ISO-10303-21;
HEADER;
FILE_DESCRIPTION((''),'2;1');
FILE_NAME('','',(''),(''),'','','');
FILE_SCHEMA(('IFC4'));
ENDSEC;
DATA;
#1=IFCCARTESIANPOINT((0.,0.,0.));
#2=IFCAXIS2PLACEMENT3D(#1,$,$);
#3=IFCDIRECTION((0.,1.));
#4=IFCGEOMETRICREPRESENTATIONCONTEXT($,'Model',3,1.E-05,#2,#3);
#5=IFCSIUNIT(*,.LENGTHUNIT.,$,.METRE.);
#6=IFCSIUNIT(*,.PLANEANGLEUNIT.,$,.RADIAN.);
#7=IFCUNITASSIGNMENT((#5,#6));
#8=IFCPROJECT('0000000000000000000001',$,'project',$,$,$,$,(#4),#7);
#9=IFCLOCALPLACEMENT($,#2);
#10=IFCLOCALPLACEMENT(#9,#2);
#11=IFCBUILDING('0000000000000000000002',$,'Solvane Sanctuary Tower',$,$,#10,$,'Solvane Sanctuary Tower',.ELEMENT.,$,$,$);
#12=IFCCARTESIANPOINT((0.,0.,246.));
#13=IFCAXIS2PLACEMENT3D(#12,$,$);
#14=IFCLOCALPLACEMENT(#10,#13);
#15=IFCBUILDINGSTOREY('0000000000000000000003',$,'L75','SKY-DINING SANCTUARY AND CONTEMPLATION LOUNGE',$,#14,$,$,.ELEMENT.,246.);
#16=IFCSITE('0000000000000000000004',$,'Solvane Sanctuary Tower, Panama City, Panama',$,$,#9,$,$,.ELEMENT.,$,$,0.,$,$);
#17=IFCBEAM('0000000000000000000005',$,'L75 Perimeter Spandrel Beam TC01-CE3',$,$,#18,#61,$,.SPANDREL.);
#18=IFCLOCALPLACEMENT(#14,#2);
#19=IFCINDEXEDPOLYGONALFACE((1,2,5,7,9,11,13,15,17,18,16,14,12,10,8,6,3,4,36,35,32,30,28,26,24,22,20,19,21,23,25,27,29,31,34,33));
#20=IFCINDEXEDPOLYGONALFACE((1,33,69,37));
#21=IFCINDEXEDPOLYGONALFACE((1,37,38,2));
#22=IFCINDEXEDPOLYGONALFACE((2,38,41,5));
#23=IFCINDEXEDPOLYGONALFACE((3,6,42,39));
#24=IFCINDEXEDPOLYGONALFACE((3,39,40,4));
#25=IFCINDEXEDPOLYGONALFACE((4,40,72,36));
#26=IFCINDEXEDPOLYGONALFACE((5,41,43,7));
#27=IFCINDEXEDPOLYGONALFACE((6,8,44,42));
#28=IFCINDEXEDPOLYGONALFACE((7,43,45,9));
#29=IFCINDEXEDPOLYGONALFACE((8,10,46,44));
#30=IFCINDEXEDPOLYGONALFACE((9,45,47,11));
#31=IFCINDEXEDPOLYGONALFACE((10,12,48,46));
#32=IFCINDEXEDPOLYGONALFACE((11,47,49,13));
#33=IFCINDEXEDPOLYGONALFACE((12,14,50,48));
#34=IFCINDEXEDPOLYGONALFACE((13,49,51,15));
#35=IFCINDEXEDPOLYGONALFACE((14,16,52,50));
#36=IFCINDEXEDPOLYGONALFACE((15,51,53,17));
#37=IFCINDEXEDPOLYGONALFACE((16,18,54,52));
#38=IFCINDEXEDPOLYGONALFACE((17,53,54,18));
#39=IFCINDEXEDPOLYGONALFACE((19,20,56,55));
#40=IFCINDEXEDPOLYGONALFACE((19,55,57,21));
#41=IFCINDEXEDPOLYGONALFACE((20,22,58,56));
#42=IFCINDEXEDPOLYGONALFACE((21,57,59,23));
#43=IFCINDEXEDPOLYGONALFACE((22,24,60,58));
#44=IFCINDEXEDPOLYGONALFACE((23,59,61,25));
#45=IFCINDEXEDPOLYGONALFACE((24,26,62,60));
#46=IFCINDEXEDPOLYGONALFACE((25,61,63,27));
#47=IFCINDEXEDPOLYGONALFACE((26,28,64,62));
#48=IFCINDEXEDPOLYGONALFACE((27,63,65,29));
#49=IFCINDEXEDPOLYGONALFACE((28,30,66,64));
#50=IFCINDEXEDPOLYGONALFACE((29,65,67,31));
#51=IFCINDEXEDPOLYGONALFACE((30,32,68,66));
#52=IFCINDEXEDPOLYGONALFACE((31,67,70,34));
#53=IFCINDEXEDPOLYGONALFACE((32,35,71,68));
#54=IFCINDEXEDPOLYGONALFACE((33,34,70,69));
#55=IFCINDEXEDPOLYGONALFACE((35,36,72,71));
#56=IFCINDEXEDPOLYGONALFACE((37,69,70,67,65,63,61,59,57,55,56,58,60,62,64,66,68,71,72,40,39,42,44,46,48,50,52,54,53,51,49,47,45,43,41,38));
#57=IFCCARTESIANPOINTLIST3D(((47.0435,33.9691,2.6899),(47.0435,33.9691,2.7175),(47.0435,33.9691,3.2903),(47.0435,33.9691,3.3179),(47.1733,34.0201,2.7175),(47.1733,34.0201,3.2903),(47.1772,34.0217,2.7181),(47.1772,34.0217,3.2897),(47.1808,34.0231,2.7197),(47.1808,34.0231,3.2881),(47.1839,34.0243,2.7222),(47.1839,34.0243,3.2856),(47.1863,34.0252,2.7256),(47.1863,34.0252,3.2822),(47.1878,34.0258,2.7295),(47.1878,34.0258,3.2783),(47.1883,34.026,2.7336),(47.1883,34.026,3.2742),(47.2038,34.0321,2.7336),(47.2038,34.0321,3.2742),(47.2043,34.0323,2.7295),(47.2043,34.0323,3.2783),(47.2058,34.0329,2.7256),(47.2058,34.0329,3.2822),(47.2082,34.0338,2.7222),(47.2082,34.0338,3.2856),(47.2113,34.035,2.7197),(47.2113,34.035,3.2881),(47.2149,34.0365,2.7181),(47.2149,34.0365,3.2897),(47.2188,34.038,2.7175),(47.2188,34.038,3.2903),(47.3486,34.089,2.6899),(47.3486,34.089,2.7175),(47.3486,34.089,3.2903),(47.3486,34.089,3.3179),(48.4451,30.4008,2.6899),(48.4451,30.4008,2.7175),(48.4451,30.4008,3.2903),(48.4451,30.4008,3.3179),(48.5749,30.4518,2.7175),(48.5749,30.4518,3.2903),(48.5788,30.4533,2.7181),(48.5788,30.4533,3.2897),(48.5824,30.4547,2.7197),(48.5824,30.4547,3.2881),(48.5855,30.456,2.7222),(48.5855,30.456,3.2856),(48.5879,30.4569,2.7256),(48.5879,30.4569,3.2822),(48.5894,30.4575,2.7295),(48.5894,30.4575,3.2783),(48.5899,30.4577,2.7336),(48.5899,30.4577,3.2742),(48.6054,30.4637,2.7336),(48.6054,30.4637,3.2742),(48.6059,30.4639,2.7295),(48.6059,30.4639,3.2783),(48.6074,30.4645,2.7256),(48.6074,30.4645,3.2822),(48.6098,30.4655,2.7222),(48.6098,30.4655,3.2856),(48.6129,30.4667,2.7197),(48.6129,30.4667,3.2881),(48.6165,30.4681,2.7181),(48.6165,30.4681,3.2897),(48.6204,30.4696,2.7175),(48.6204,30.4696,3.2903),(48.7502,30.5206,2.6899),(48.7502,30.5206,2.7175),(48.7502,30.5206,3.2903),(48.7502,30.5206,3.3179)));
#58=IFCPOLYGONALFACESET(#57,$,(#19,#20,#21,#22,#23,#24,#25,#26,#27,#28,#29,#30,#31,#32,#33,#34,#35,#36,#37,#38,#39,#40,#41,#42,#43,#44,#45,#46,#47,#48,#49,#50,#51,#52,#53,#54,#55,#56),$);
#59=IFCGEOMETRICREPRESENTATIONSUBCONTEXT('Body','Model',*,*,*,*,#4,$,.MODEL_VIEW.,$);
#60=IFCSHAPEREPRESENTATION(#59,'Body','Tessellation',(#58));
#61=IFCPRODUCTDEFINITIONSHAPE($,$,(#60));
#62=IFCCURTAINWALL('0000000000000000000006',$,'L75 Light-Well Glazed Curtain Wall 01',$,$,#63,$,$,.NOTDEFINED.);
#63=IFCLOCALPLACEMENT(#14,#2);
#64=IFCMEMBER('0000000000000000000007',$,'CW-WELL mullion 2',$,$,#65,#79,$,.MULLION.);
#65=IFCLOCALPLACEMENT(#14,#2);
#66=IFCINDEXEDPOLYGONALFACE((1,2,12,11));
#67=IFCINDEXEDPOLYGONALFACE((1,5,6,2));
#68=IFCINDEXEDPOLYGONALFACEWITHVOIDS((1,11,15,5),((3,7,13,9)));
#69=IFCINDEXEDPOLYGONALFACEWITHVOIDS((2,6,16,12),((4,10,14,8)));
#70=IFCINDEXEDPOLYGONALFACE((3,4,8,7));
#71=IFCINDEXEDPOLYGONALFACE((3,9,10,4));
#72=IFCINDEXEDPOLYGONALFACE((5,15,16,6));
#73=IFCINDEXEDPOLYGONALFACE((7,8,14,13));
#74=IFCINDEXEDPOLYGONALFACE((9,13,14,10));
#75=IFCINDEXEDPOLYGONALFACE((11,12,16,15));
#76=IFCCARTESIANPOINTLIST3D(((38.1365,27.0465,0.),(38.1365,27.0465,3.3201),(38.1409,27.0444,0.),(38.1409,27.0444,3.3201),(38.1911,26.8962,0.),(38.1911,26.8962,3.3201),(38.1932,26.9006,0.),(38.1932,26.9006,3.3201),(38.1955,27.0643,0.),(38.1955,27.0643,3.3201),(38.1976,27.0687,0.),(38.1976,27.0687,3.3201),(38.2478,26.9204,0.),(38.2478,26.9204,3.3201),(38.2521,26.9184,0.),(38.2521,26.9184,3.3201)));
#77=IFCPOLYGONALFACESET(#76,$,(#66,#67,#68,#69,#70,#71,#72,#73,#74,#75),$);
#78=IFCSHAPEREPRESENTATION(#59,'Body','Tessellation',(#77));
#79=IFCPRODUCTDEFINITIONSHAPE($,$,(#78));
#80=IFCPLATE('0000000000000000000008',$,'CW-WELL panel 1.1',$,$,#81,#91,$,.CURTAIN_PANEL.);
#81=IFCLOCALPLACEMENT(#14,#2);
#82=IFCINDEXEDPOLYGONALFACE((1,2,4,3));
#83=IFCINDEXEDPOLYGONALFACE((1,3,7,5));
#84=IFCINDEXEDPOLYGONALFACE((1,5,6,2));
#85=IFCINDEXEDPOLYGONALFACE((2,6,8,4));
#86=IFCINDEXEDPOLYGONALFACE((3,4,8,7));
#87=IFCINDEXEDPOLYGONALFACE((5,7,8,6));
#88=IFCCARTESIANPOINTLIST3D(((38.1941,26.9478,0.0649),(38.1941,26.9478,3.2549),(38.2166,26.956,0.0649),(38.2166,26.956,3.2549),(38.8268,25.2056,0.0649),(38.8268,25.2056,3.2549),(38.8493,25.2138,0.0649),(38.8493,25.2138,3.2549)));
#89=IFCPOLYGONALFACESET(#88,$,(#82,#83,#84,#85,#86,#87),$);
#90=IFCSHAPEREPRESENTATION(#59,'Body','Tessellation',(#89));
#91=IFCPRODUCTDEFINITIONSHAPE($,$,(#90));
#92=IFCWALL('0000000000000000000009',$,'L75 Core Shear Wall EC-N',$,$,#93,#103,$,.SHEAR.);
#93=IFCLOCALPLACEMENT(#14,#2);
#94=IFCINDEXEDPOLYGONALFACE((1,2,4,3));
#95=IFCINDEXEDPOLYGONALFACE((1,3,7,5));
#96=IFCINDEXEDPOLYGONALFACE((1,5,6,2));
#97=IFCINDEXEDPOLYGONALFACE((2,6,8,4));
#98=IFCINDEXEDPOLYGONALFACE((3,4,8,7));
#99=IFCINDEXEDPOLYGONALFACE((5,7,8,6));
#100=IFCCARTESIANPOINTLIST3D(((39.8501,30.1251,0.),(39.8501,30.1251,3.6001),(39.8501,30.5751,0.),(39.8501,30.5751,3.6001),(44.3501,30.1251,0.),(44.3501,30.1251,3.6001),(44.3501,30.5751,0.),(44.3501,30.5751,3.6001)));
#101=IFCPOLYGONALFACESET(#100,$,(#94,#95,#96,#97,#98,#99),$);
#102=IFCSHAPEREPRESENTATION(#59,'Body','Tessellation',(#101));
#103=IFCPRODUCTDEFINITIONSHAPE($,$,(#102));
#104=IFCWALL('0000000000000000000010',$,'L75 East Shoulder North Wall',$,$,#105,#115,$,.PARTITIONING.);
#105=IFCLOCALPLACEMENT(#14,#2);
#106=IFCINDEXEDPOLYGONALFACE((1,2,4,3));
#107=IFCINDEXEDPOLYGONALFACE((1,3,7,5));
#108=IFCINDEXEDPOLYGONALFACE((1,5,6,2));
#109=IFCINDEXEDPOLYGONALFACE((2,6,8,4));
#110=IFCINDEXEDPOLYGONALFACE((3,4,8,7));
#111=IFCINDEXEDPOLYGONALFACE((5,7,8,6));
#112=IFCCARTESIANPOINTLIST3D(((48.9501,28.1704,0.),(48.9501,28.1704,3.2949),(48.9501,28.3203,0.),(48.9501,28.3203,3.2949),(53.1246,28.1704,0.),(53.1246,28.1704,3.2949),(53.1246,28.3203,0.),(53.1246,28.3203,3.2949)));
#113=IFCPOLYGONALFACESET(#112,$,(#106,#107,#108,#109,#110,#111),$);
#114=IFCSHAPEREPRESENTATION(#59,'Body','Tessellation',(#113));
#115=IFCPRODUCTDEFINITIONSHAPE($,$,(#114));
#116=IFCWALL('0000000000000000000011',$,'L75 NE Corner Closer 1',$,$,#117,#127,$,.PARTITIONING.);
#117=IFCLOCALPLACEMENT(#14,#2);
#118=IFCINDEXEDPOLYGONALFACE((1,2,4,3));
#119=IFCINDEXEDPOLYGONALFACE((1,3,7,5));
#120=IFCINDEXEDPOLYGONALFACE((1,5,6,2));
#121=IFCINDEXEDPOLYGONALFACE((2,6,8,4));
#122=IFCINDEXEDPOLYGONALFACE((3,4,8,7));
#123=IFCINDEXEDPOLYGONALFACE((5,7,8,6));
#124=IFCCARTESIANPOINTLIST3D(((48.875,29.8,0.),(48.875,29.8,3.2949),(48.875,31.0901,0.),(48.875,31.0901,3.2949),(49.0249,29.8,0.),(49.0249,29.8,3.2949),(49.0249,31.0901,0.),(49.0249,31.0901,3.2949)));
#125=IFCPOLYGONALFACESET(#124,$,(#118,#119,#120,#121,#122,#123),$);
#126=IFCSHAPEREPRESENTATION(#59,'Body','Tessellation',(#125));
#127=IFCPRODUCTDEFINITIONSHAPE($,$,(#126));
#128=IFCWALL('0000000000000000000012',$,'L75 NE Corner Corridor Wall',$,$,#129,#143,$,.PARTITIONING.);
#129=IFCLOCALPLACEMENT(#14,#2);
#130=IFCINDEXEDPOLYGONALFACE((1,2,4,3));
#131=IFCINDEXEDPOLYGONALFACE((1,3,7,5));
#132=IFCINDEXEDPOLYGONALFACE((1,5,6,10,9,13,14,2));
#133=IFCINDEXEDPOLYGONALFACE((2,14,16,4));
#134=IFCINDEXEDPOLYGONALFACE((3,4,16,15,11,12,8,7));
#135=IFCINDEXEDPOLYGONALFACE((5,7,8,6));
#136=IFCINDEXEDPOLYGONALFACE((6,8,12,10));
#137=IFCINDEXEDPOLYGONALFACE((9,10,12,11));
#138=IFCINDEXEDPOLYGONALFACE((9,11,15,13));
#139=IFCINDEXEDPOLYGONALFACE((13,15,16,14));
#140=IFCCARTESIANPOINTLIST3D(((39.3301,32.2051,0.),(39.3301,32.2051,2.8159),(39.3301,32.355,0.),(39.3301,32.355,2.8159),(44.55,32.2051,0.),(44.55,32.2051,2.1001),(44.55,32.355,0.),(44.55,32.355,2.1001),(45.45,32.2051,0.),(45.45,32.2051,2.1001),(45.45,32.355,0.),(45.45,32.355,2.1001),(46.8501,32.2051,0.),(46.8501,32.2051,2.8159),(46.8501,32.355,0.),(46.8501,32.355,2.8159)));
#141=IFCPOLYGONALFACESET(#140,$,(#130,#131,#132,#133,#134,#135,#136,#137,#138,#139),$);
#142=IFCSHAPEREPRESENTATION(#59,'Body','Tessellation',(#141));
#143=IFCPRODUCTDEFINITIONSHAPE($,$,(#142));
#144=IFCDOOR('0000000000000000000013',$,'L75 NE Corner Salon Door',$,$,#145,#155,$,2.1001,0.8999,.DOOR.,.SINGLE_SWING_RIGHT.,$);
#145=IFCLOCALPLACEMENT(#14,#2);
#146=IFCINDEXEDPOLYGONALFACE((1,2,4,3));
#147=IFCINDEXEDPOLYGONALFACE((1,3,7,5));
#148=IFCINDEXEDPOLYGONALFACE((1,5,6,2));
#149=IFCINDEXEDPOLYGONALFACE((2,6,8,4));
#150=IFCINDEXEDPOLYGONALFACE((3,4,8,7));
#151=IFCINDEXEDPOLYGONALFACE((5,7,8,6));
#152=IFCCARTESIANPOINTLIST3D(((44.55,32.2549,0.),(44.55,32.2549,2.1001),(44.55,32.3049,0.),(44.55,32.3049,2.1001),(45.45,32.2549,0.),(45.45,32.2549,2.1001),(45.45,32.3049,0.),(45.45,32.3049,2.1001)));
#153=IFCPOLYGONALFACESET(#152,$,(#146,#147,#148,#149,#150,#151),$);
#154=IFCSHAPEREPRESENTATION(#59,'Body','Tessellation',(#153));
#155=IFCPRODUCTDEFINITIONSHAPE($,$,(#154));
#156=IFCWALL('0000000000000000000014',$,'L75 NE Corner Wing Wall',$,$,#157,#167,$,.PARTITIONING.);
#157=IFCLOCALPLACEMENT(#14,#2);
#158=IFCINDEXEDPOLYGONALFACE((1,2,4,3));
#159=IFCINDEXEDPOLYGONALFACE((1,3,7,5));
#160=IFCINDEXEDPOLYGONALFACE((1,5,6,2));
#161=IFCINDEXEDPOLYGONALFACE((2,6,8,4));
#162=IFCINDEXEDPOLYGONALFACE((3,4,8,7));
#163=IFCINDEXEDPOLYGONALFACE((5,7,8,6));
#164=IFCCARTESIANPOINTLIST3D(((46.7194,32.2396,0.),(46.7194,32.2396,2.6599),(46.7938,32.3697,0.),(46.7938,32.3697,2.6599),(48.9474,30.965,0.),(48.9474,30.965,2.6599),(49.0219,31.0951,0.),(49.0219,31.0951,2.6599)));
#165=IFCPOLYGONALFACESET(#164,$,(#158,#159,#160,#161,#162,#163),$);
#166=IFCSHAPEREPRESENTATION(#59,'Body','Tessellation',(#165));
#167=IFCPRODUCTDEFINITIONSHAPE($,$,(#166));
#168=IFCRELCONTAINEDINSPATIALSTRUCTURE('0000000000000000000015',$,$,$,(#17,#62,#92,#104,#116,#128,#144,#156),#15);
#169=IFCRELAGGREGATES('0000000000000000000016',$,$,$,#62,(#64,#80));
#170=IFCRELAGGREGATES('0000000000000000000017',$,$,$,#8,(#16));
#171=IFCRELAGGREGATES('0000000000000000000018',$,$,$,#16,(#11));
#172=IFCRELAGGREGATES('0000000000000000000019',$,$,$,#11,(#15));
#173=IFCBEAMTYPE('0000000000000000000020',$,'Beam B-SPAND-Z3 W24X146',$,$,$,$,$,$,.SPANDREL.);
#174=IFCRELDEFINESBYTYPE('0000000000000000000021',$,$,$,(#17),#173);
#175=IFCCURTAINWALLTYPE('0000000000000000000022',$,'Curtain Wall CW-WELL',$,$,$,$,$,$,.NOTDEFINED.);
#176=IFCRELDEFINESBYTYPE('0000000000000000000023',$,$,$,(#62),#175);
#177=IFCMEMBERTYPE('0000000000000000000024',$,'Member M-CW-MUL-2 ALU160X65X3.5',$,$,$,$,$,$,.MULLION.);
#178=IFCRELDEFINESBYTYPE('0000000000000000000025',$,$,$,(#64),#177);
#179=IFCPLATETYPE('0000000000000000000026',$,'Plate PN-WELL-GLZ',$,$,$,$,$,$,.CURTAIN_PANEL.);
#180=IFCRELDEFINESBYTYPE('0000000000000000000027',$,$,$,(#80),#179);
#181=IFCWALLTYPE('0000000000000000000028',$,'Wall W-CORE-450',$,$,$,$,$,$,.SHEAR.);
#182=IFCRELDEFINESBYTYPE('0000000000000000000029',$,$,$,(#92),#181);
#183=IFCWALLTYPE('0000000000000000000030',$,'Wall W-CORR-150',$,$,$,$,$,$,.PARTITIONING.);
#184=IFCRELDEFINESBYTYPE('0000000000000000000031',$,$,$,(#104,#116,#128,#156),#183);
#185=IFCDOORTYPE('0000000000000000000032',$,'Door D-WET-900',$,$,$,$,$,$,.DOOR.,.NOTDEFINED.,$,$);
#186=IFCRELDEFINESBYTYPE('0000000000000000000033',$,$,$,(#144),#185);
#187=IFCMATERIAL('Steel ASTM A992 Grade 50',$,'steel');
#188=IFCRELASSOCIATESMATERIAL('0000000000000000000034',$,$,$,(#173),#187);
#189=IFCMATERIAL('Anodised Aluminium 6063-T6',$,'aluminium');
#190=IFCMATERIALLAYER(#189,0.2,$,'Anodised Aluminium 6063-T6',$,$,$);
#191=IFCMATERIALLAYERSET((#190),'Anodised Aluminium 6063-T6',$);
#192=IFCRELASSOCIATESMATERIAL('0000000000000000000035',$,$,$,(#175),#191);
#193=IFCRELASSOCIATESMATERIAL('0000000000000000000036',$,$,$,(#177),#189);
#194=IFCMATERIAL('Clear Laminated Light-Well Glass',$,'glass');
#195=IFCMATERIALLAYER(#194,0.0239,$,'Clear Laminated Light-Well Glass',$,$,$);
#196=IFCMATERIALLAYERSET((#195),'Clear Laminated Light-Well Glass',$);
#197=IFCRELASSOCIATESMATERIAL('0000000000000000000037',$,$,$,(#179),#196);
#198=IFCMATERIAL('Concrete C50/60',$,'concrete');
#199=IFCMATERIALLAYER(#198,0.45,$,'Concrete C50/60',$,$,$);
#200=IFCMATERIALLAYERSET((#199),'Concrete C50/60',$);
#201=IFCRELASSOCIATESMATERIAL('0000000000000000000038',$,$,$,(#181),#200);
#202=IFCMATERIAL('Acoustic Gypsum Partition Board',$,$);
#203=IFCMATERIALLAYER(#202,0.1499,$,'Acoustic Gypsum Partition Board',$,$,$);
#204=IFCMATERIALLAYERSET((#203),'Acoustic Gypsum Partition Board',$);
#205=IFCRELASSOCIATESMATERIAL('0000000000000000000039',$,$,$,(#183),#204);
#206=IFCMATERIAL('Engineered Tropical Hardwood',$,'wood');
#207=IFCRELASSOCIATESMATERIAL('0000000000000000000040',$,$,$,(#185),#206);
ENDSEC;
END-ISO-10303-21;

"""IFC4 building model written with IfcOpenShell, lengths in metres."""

from ifc_helpers import new_model, si_unit, direction, frame, frame_2d, origin, origin_2d, place, context, subcontext, project, spatial, rectangle, hollow_rectangle, i_section, extrude, material, layer, layer_set, material_profile, profile_set, type_object, element, fill, aggregate, save


model = new_model("IFC4")

# Units and contexts
model_context = context("Model", 3, precision=1e-05, world=origin(), true_north=direction((0.0, 1.0)))
body_context = subcontext(model_context, "Body", "Model", "MODEL_VIEW")
ifc_project = project(units=[si_unit("LENGTHUNIT", "METRE"), si_unit("PLANEANGLEUNIT", "RADIAN")], contexts=[model_context])

# Site, building, storey
site_placement = place(None, origin())
site = spatial("IfcSite", under=ifc_project, at=site_placement, Name="Solvane Sanctuary Tower, Panama City, Panama", CompositionType="ELEMENT", RefElevation=0.0)
building_placement = place(site_placement, origin())
building = spatial("IfcBuilding", under=site, at=building_placement, Name="Solvane Sanctuary Tower", LongName="Solvane Sanctuary Tower", CompositionType="ELEMENT")
storey_placement = place(building_placement, frame((0.0, 0.0, 246.0)))
storey = spatial("IfcBuildingStorey", under=building, at=storey_placement, Name="L75", Description="SKY-DINING SANCTUARY AND CONTEMPLATION LOUNGE", CompositionType="ELEMENT", Elevation=246.0)

# Beam
ifc_material_1 = material(Name="Steel ASTM A992 Grade 50", Category="steel")
ifc_material_profile_1 = material_profile(ifc_material_1, i_section(OverallWidth=0.3279, OverallDepth=0.6279, WebThickness=0.0166, FlangeThickness=0.0276, FilletRadius=0.0161, at=origin_2d()), Name="W24X146")
ifc_profile_set_1 = profile_set([ifc_material_profile_1], Name="Steel ASTM A992 Grade 50")
beam_type_1 = type_object("IfcBeamType", Name="Beam B-SPAND-Z3 W24X146", PredefinedType="SPANDREL", material=ifc_profile_set_1)
beam_1_placement = place(storey_placement, frame((47.196, 34.0291, 3.0039), z_axis=(0.365597, -0.930773, 0.0), x_axis=(0.930773, 0.365597, 0.0)))
element("IfcBeam", 1, at=beam_1_placement, inside=storey, type_object=beam_type_1, Name="L75 Perimeter Spandrel Beam TC01-CE3", PredefinedType="SPANDREL", context=body_context, shape_type="SweptSolid", body=[
    extrude(i_section(OverallWidth=0.3279, OverallDepth=0.6279, WebThickness=0.0166, FlangeThickness=0.0276, FilletRadius=0.0161, at=origin_2d()), origin(), (0.0, 0.0, 1.0), 3.8337),
])

# Curtain wall, member, plate
ifc_material_2 = material(Name="Anodised Aluminium 6063-T6", Category="aluminium")
ifc_layer_1 = layer(ifc_material_2, 0.2, Name="Anodised Aluminium 6063-T6")
ifc_layer_set_1 = layer_set([ifc_layer_1], Name="Anodised Aluminium 6063-T6")
curtain_wall_type = type_object("IfcCurtainWallType", Name="Curtain Wall CW-WELL", PredefinedType="NOTDEFINED", material=ifc_layer_set_1)
curtain_wall_placement = place(storey_placement, origin())
curtain_wall = element("IfcCurtainWall", 2, at=curtain_wall_placement, inside=storey, type_object=curtain_wall_type, Name="L75 Light-Well Glazed Curtain Wall 01", PredefinedType="NOTDEFINED")
ifc_material_profile_2 = material_profile(ifc_material_2, hollow_rectangle(XDim=0.0649, YDim=0.1599, WallThickness=0.0034, at=origin_2d()), Name="ALU160X65X3.5")
ifc_profile_set_2 = profile_set([ifc_material_profile_2], Name="Anodised Aluminium 6063-T6")
member_type = type_object("IfcMemberType", Name="Member M-CW-MUL-2 ALU160X65X3.5", PredefinedType="MULLION", material=ifc_profile_set_2)
member_placement = place(storey_placement, frame((38.1943, 26.9824, 0.0), z_axis=(0.0, 0.0, 1.0), x_axis=(-0.939933, -0.341358, 0.0)))
member = element("IfcMember", 3, at=member_placement, type_object=member_type, Name="CW-WELL mullion 2", PredefinedType="MULLION", context=body_context, shape_type="SweptSolid", body=[
    extrude(hollow_rectangle(XDim=0.0649, YDim=0.1599, WallThickness=0.0034, at=origin_2d()), origin(), (0.0, 0.0, 1.0), 3.3201),
])
ifc_material_3 = material(Name="Clear Laminated Light-Well Glass", Category="glass")
ifc_layer_2 = layer(ifc_material_3, 0.0239, Name="Clear Laminated Light-Well Glass")
ifc_layer_set_2 = layer_set([ifc_layer_2], Name="Clear Laminated Light-Well Glass")
plate_type = type_object("IfcPlateType", Name="Plate PN-WELL-GLZ", PredefinedType="CURTAIN_PANEL", material=ifc_layer_set_2)
plate_placement = place(storey_placement, frame((38.5217, 26.0808, 0.0649), z_axis=(0.0, 0.0, 1.0), x_axis=(-0.341358, 0.939933, 0.0)))
plate = element("IfcPlate", 4, at=plate_placement, type_object=plate_type, Name="CW-WELL panel 1.1", PredefinedType="CURTAIN_PANEL", context=body_context, shape_type="SweptSolid", body=[
    extrude(rectangle(XDim=1.8535, YDim=0.0239, at=origin_2d()), origin(), (0.0, 0.0, 1.0), 3.1899),
])
aggregate(curtain_wall, [member, plate])

# Walls
ifc_material_4 = material(Name="Concrete C50/60", Category="concrete")
ifc_layer_3 = layer(ifc_material_4, 0.45, Name="Concrete C50/60")
ifc_layer_set_3 = layer_set([ifc_layer_3], Name="Concrete C50/60")
wall_type_1 = type_object("IfcWallType", Name="Wall W-CORE-450", PredefinedType="SHEAR", material=ifc_layer_set_3)
wall_1_placement = place(storey_placement, frame((39.8501, 30.3501, 0.0), z_axis=(0.0, 0.0, 1.0), x_axis=(1.0, 0.0, 0.0)))
element("IfcWall", 5, at=wall_1_placement, inside=storey, type_object=wall_type_1, Name="L75 Core Shear Wall EC-N", PredefinedType="SHEAR", context=body_context, shape_type="SweptSolid", body=[
    extrude(rectangle(XDim=4.5, YDim=0.45, at=frame_2d((2.25, 0.0))), origin(), (0.0, 0.0, 1.0), 3.6001),
])
ifc_material_5 = material(Name="Acoustic Gypsum Partition Board")
ifc_layer_4 = layer(ifc_material_5, 0.1499, Name="Acoustic Gypsum Partition Board")
ifc_layer_set_4 = layer_set([ifc_layer_4], Name="Acoustic Gypsum Partition Board")
wall_type_2 = type_object("IfcWallType", Name="Wall W-CORR-150", PredefinedType="PARTITIONING", material=ifc_layer_set_4)
wall_2_placement = place(storey_placement, frame((48.95, 28.2454, 0.0), z_axis=(0.0, 0.0, 1.0), x_axis=(1.0, 0.0, 0.0)))
element("IfcWall", 6, at=wall_2_placement, inside=storey, type_object=wall_type_2, Name="L75 East Shoulder North Wall", PredefinedType="PARTITIONING", context=body_context, shape_type="SweptSolid", body=[
    extrude(rectangle(XDim=4.1746, YDim=0.1499, at=frame_2d((2.0874, 0.0))), origin(), (0.0, 0.0, 1.0), 3.2949),
])
wall_3_placement = place(storey_placement, frame((48.95, 29.8, 0.0), z_axis=(0.0, 0.0, 1.0), x_axis=(0.0, 1.0, 0.0)))
element("IfcWall", 7, at=wall_3_placement, inside=storey, type_object=wall_type_2, Name="L75 NE Corner Closer 1", PredefinedType="PARTITIONING", context=body_context, shape_type="SweptSolid", body=[
    extrude(rectangle(XDim=1.29, YDim=0.1499, at=frame_2d((0.645, 0.0))), origin(), (0.0, 0.0, 1.0), 3.2949),
])

# Wall, opening, door
wall_4_placement = place(storey_placement, frame((39.3301, 32.28, 0.0), z_axis=(0.0, 0.0, 1.0), x_axis=(1.0, 0.0, 0.0)))
wall_4 = element("IfcWall", 8, at=wall_4_placement, inside=storey, type_object=wall_type_2, Name="L75 NE Corner Corridor Wall", PredefinedType="PARTITIONING", context=body_context, shape_type="SweptSolid", body=[
    extrude(rectangle(XDim=7.52, YDim=0.1499, at=frame_2d((3.76, 0.0))), origin(), (0.0, 0.0, 1.0), 2.8159),
])
opening_1_placement = place(wall_4_placement, frame((5.22, 0.0, 0.0)))
opening_1 = element("IfcOpeningElement", 9, at=opening_1_placement, cuts=wall_4, PredefinedType="OPENING", context=body_context, shape_type="SweptSolid", body=[
    extrude(rectangle(XDim=0.8999, YDim=2.1001, at=frame_2d((0.45, 1.05))), frame((0.0, 0.085, 0.0), z_axis=(0.0, -1.0, 0.0), x_axis=(1.0, 0.0, 0.0)), (0.0, 0.0, 1.0), 0.1699),
])
ifc_material_6 = material(Name="Engineered Tropical Hardwood", Category="wood")
door_type_1 = type_object("IfcDoorType", Name="Door D-WET-900", OperationType="NOTDEFINED", PredefinedType="DOOR", material=ifc_material_6)
door_1_placement = place(opening_1_placement, origin())
door_1 = element("IfcDoor", 10, at=door_1_placement, inside=storey, type_object=door_type_1, Name="L75 NE Corner Salon Door", OperationType="SINGLE_SWING_RIGHT", OverallHeight=2.1001, OverallWidth=0.8999, PredefinedType="DOOR", context=body_context, shape_type="SweptSolid", body=[
    extrude(rectangle(XDim=0.8999, YDim=2.1001, at=frame_2d((0.45, 1.05))), frame((0.0, 0.0249, 0.0), z_axis=(0.0, -1.0, 0.0), x_axis=(1.0, 0.0, 0.0)), (0.0, 0.0, 1.0), 0.05),
])
fill(opening_1, door_1)

# Wall
wall_5_placement = place(storey_placement, frame((46.7566, 32.3047, 0.0), z_axis=(0.0, 0.0, 1.0), x_axis=(0.867991, -0.496579, 0.0)))
element("IfcWall", 11, at=wall_5_placement, inside=storey, type_object=wall_type_2, Name="L75 NE Corner Wing Wall", PredefinedType="PARTITIONING", context=body_context, shape_type="SweptSolid", body=[
    extrude(rectangle(XDim=2.5669, YDim=0.1499, at=frame_2d((1.2834, 0.0))), origin(), (0.0, 0.0, 1.0), 2.6599),
])

save(model, "model.ifc")
